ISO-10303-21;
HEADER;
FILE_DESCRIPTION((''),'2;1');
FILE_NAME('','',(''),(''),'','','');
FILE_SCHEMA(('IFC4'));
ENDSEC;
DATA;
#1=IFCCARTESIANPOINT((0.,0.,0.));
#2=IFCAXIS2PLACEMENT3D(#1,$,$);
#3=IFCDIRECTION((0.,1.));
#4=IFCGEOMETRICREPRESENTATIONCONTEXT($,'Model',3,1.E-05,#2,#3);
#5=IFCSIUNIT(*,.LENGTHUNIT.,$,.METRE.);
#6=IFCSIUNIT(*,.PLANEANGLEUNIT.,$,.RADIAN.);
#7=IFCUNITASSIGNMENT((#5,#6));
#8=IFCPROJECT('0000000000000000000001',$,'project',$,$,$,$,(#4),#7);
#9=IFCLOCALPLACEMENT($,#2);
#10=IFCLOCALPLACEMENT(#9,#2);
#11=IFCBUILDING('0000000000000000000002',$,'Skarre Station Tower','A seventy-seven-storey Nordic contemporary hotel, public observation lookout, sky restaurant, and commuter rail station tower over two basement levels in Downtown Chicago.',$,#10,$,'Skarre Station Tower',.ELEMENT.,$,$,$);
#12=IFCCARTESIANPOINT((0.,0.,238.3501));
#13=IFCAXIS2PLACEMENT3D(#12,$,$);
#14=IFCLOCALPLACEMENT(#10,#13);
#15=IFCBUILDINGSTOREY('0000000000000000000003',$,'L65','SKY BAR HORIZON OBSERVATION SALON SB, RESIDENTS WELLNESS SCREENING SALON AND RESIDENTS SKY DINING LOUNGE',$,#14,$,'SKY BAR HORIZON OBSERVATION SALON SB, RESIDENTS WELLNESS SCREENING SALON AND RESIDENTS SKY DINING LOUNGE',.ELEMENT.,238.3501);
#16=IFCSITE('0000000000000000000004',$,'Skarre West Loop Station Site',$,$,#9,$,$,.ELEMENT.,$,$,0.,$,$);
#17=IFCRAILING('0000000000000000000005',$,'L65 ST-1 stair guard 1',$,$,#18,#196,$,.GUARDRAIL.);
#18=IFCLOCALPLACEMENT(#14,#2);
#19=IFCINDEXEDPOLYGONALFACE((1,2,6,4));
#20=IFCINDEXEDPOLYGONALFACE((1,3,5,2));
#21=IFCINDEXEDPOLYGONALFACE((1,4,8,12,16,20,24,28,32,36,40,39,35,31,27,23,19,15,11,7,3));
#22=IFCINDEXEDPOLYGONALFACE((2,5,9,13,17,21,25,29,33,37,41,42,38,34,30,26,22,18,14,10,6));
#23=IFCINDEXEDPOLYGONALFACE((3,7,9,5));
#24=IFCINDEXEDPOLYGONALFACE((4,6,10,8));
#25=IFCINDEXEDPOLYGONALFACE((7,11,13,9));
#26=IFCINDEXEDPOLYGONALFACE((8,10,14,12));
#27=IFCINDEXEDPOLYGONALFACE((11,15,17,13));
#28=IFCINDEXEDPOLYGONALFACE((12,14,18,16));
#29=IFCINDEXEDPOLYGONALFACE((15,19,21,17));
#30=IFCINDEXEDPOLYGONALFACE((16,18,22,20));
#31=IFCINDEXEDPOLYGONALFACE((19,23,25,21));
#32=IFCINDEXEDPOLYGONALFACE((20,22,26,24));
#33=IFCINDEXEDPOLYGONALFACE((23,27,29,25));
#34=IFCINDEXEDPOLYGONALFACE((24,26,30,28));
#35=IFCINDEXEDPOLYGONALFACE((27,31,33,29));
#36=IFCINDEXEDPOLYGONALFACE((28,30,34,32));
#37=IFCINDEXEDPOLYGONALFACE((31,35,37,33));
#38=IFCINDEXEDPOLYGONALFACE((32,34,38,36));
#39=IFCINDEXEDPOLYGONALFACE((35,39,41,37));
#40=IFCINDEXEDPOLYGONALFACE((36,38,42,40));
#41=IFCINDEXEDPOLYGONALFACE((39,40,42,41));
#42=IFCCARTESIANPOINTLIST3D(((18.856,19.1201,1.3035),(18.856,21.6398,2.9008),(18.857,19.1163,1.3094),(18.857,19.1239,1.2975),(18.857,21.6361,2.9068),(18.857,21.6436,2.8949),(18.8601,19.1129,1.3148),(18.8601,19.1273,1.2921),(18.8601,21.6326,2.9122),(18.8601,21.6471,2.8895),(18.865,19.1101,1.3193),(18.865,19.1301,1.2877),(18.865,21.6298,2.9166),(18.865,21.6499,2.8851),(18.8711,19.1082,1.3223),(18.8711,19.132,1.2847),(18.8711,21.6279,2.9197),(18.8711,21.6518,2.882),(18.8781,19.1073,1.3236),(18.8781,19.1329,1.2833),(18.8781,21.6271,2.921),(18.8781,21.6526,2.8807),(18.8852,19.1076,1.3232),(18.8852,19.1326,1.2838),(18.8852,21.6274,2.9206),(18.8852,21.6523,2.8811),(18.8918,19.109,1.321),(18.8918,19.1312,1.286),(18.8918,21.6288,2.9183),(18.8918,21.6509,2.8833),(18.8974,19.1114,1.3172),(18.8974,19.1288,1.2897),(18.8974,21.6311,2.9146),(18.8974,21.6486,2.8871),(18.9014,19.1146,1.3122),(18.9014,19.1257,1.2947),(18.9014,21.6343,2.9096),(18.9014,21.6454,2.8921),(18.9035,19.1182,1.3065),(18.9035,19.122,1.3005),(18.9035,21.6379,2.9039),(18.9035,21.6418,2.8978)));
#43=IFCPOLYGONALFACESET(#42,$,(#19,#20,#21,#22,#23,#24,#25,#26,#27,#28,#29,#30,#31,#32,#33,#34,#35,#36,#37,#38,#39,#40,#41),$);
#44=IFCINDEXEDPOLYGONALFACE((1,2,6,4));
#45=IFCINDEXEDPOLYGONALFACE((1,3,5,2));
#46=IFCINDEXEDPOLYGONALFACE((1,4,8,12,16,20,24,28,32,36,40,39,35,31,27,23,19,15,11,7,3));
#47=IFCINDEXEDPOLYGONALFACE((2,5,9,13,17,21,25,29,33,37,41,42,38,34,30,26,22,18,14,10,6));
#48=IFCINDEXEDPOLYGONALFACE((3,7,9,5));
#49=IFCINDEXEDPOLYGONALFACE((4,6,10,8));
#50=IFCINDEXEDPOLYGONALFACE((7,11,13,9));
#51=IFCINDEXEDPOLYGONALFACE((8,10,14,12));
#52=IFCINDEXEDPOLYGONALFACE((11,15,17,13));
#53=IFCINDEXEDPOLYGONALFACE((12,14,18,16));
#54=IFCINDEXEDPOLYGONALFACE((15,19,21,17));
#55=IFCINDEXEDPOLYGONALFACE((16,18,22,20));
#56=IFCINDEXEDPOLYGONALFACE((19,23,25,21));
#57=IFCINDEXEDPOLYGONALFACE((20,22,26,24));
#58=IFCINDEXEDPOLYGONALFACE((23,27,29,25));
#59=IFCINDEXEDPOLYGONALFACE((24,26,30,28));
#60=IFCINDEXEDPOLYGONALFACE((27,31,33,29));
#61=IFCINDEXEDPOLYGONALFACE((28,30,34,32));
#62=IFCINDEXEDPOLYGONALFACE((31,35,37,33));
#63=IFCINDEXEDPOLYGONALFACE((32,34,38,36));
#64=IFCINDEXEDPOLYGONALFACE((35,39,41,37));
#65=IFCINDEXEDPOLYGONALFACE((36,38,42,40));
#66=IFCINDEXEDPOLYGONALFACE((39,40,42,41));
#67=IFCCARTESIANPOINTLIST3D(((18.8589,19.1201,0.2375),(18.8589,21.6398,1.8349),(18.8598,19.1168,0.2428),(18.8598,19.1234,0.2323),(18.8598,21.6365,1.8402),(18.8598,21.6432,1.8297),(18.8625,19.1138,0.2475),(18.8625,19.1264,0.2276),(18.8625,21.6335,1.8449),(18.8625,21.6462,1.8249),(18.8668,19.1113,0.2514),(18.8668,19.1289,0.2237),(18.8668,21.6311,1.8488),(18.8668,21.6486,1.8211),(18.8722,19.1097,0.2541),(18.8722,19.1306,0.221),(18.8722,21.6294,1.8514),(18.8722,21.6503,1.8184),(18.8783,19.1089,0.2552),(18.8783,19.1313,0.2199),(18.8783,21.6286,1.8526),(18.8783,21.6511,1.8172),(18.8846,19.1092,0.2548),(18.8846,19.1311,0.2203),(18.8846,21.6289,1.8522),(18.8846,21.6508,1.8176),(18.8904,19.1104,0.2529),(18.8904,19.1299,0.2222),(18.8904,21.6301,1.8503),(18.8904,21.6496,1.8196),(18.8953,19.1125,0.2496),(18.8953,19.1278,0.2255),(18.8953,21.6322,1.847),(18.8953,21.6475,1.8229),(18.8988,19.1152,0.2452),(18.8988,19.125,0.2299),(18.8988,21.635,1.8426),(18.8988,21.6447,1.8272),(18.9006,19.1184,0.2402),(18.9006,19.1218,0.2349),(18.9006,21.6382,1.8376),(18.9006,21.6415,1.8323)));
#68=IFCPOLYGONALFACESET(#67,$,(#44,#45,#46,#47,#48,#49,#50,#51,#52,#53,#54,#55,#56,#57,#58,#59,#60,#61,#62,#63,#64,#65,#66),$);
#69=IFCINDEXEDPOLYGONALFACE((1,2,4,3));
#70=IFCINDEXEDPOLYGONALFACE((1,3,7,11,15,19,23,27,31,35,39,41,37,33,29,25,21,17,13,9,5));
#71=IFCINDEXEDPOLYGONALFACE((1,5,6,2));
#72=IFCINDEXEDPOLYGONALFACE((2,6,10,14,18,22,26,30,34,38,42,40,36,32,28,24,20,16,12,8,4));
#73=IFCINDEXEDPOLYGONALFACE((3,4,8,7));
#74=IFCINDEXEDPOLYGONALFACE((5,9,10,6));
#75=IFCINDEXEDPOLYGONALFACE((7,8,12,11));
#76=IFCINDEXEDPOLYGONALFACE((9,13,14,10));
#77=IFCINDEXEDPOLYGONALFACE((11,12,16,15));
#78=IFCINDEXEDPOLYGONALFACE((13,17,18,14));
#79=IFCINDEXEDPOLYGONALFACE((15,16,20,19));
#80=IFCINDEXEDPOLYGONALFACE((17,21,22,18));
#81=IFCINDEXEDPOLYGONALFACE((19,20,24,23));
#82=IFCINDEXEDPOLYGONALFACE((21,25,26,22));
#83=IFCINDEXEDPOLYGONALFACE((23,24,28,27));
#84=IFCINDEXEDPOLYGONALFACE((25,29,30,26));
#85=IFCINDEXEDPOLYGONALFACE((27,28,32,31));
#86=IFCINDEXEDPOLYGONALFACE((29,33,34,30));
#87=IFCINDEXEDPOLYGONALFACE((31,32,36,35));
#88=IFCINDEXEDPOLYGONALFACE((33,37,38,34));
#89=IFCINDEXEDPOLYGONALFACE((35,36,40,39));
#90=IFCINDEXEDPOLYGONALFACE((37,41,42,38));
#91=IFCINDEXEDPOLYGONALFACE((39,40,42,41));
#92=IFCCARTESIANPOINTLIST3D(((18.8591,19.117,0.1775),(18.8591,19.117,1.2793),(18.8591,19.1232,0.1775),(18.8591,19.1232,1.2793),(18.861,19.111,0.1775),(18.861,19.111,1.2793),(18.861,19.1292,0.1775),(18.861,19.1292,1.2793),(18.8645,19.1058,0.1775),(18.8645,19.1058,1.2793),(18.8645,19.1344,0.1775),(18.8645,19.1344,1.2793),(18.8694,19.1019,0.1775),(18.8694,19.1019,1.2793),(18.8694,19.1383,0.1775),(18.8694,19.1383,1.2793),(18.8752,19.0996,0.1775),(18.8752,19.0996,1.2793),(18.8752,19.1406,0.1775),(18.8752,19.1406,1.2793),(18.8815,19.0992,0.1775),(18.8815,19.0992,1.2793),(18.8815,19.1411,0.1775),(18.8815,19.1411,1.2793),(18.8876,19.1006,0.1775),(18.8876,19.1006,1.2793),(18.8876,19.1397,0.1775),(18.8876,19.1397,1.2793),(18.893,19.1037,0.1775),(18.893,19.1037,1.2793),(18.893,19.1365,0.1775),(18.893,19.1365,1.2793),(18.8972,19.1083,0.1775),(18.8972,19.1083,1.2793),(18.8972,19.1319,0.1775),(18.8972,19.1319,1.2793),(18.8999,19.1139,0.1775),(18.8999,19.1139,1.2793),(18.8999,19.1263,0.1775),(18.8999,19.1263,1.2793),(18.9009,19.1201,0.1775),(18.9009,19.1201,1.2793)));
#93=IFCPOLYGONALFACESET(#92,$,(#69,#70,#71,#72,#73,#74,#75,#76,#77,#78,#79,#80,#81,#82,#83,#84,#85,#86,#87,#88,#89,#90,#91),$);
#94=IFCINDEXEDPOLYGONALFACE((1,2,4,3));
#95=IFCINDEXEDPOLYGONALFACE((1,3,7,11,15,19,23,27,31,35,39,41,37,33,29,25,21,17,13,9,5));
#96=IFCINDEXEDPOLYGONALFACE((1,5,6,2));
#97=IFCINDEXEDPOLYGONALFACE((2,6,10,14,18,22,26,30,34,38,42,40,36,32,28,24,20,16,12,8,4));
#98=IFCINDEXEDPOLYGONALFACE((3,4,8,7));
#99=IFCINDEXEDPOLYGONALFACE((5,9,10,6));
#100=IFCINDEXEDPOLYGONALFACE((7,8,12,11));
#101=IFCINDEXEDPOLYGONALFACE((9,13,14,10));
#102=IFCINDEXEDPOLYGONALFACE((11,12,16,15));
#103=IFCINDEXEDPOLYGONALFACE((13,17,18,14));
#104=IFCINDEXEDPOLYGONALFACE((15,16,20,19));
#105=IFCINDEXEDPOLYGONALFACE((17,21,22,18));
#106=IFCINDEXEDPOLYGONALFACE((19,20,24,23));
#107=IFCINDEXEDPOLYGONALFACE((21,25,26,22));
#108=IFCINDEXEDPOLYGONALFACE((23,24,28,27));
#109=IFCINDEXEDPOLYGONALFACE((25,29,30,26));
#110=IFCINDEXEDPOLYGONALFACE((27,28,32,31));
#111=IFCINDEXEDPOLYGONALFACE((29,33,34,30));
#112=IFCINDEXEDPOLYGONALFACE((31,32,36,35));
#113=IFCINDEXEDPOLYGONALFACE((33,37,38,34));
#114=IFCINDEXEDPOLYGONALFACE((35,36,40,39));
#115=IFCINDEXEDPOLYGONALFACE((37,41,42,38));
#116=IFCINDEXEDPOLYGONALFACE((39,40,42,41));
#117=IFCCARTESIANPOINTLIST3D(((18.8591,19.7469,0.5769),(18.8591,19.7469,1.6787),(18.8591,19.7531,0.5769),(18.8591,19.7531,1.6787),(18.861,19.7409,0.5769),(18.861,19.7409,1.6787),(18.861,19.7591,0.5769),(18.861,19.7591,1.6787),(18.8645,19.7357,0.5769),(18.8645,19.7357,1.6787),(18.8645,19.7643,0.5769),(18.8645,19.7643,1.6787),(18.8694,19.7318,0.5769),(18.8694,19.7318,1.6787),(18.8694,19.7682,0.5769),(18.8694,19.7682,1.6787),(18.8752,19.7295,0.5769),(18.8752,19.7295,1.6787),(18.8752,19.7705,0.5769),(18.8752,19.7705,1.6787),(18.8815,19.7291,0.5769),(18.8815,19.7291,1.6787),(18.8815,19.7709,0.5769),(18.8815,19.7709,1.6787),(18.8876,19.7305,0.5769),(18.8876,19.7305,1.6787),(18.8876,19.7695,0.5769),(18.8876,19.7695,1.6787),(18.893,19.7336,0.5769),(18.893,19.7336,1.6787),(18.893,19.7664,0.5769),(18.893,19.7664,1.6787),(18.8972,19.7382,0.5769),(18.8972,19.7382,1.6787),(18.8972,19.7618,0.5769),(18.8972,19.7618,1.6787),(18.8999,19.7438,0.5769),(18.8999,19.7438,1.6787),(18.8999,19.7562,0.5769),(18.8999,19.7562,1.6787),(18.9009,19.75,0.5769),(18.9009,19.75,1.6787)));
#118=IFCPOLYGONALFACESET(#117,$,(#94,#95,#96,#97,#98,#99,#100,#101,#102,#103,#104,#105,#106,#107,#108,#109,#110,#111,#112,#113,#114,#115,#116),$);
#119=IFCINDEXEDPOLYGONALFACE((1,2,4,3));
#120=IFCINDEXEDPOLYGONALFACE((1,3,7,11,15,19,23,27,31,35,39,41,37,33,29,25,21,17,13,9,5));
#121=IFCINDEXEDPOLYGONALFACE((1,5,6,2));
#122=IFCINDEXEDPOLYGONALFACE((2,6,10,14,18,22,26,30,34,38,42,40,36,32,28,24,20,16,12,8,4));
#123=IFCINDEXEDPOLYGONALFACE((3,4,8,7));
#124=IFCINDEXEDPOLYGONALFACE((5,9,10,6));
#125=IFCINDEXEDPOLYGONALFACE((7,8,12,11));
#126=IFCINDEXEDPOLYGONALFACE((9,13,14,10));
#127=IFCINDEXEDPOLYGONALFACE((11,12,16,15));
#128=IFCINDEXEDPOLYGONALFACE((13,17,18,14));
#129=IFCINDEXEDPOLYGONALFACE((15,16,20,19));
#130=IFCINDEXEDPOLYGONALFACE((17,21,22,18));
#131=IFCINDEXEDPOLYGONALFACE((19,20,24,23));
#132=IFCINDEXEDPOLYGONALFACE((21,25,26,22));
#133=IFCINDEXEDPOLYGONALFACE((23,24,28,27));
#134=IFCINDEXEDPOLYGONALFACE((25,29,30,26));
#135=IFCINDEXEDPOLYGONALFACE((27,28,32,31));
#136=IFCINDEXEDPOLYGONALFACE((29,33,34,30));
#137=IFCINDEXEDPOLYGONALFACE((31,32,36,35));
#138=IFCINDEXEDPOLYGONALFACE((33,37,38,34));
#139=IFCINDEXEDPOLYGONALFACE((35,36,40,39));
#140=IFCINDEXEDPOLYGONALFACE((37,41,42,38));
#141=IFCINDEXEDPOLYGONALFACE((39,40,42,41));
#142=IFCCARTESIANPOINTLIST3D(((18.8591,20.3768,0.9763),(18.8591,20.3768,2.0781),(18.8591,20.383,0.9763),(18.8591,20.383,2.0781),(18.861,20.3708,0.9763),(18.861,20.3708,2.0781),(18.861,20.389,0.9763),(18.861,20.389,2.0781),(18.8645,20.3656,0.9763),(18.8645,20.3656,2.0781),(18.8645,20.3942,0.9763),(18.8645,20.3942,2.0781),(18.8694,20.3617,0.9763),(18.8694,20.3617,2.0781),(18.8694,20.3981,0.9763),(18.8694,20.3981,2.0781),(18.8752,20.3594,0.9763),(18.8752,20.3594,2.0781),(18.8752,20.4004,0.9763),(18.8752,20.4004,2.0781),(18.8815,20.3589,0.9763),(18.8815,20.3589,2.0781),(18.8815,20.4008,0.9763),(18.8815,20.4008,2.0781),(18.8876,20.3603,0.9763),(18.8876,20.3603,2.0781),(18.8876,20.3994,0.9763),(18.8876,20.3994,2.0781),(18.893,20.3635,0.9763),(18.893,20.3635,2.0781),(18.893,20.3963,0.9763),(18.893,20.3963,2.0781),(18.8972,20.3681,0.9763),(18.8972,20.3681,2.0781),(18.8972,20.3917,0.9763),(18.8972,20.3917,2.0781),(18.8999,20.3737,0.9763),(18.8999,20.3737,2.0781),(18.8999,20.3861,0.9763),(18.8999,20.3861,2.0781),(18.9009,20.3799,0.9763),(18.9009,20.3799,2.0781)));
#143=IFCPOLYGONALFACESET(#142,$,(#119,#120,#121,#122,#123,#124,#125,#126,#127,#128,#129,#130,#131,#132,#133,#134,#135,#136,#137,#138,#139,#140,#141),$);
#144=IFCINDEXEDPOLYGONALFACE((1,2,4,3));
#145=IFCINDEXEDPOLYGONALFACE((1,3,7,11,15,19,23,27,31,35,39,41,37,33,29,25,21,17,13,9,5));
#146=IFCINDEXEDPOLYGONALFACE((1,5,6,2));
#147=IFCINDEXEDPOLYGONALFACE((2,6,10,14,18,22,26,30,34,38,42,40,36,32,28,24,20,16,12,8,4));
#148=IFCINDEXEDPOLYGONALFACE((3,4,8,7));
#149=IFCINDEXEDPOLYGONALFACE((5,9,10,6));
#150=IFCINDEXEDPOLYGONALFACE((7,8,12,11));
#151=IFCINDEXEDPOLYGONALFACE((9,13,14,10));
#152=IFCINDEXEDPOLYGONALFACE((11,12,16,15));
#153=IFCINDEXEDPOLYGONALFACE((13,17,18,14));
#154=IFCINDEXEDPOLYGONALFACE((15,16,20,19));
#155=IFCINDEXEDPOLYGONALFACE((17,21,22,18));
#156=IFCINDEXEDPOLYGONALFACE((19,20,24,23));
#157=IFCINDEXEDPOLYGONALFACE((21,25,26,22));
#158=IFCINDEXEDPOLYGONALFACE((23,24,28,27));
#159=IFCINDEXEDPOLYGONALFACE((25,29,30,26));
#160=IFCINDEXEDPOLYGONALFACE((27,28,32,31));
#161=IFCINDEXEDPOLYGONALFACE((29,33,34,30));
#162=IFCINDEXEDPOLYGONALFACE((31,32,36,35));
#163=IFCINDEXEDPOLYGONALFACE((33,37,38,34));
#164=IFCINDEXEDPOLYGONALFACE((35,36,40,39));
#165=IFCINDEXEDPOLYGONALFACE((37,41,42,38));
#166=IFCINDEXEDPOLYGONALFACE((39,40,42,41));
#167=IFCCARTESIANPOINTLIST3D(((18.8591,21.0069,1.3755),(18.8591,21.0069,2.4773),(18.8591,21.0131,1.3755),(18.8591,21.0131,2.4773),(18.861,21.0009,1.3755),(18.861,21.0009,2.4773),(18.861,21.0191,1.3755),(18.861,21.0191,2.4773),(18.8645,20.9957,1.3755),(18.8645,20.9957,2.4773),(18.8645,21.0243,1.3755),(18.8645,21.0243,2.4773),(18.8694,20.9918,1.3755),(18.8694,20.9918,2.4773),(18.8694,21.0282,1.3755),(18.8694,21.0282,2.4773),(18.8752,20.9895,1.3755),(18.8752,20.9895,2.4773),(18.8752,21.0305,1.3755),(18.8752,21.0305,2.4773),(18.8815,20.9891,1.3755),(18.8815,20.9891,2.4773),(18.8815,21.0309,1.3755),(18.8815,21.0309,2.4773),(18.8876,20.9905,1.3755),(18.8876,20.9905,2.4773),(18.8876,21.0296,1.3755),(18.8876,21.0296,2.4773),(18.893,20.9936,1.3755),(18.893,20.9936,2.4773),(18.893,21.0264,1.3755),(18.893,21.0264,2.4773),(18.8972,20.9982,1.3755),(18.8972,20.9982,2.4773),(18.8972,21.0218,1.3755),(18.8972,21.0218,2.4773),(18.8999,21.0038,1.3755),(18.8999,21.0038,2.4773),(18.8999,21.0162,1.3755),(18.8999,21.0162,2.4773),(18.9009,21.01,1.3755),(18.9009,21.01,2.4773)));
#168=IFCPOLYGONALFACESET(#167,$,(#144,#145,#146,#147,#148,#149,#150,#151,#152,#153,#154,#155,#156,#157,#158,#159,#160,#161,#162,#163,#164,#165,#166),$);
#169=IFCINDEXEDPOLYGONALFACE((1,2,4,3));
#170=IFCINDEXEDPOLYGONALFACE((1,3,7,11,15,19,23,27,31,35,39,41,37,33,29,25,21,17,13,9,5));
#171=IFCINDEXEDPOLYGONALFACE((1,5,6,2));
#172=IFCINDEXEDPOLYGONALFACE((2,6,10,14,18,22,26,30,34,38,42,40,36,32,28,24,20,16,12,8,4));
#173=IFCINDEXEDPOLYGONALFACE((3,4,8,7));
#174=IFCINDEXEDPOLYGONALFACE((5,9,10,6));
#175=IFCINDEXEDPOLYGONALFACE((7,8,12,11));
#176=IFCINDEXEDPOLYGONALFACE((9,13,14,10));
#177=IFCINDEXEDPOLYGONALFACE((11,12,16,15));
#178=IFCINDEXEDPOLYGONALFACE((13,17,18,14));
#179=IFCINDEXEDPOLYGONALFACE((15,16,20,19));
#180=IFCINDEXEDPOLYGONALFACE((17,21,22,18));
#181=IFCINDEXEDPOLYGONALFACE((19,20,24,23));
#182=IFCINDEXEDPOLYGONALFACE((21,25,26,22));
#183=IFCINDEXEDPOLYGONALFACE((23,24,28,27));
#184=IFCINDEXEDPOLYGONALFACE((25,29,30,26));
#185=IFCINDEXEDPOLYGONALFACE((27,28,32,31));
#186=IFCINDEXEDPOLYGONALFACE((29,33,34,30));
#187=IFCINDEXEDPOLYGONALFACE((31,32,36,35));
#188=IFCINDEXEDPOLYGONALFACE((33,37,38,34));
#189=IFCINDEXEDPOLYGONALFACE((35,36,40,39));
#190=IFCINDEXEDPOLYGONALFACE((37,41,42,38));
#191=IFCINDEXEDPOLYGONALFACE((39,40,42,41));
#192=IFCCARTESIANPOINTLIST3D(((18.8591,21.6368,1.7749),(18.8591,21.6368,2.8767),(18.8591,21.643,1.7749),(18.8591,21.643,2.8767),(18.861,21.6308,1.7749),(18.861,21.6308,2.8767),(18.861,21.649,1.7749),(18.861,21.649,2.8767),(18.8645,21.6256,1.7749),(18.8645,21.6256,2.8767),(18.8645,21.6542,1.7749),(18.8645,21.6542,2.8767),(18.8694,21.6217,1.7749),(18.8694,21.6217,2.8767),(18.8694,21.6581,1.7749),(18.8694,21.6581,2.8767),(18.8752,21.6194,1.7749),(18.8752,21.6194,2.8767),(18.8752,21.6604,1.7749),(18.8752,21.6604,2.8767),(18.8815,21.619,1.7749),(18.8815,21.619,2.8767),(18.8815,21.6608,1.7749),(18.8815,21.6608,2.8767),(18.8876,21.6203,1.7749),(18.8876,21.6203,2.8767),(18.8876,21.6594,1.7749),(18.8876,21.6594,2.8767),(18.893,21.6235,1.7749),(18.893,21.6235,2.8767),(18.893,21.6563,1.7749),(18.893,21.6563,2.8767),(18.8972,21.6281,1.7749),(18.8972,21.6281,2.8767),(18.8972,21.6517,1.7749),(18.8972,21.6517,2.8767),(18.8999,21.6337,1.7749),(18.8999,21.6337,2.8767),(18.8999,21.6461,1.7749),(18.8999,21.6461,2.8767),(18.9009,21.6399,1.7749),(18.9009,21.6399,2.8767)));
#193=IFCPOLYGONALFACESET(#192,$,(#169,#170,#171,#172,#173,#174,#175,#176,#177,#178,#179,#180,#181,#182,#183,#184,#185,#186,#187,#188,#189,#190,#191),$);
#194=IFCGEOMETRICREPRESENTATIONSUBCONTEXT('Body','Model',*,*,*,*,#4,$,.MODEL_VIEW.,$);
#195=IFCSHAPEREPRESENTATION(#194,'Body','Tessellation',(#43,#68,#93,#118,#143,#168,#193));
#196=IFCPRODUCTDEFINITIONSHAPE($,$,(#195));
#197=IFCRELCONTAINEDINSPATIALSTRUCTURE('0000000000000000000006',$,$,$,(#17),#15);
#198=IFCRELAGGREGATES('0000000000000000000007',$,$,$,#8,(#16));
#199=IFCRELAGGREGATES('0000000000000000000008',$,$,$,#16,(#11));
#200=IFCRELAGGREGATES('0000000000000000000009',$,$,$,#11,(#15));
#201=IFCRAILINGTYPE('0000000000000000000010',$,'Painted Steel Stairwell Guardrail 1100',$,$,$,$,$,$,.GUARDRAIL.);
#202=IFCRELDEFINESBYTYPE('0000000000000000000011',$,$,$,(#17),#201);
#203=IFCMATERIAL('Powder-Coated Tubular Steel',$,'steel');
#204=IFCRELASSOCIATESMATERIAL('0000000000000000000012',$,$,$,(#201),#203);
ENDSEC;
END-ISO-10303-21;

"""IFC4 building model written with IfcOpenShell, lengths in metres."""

from ifc_helpers import new_model, si_unit, direction, frame, origin, origin_2d, place, context, subcontext, project, spatial, circle, extrude, material, type_object, element, save


model = new_model("IFC4")

# Units and contexts
model_context = context("Model", 3, precision=1e-05, world=origin(), true_north=direction((0.0, 1.0)))
body_context = subcontext(model_context, "Body", "Model", "MODEL_VIEW")
ifc_project = project(units=[si_unit("LENGTHUNIT", "METRE"), si_unit("PLANEANGLEUNIT", "RADIAN")], contexts=[model_context])

# Site, building, storey
site_placement = place(None, origin())
site = spatial("IfcSite", under=ifc_project, at=site_placement, Name="Skarre West Loop Station Site", CompositionType="ELEMENT", RefElevation=0.0)
building_placement = place(site_placement, origin())
building = spatial("IfcBuilding", under=site, at=building_placement, Name="Skarre Station Tower", Description="A seventy-seven-storey Nordic contemporary hotel, public observation lookout, sky restaurant, and commuter rail station tower over two basement levels in Downtown Chicago.", LongName="Skarre Station Tower", CompositionType="ELEMENT")
storey_placement = place(building_placement, frame((0.0, 0.0, 238.3501)))
storey = spatial("IfcBuildingStorey", under=building, at=storey_placement, Name="L65", Description="SKY BAR HORIZON OBSERVATION SALON SB, RESIDENTS WELLNESS SCREENING SALON AND RESIDENTS SKY DINING LOUNGE", LongName="SKY BAR HORIZON OBSERVATION SALON SB, RESIDENTS WELLNESS SCREENING SALON AND RESIDENTS SKY DINING LOUNGE", CompositionType="ELEMENT", Elevation=238.3501)

# Railing
ifc_material_1 = material(Name="Powder-Coated Tubular Steel", Category="steel")
railing_type_1 = type_object("IfcRailingType", Name="Painted Steel Stairwell Guardrail 1100", PredefinedType="GUARDRAIL", material=ifc_material_1)
railing_1_placement = place(storey_placement, frame((18.8799, 19.1201, 0.1775)))
element("IfcRailing", 1, at=railing_1_placement, inside=storey, type_object=railing_type_1, Name="L65 ST-1 stair guard 1", PredefinedType="GUARDRAIL", context=body_context, shape_type="SweptSolid", body=[
    extrude(circle(Radius=0.0239, at=origin_2d()), frame((0.0, 0.0, 1.126), z_axis=(0.0, 0.844583, 0.535424), x_axis=(-1.0, 0.0, 0.0)), (0.0, 0.0, 1.0), 2.9834),
    extrude(circle(Radius=0.021, at=origin_2d()), frame((0.0, 0.0, 0.0601), z_axis=(0.0, 0.844583, 0.535424), x_axis=(-1.0, 0.0, 0.0)), (0.0, 0.0, 1.0), 2.9834),
    extrude(circle(Radius=0.021, at=origin_2d()), origin(), (0.0, 0.0, 1.0), 1.1018),
    extrude(circle(Radius=0.021, at=origin_2d()), frame((0.0, 0.6299, 0.3994)), (0.0, 0.0, 1.0), 1.1018),
    extrude(circle(Radius=0.021, at=origin_2d()), frame((0.0, 1.2598, 0.7988)), (0.0, 0.0, 1.0), 1.1018),
    extrude(circle(Radius=0.021, at=origin_2d()), frame((0.0, 1.8899, 1.198)), (0.0, 0.0, 1.0), 1.1018),
    extrude(circle(Radius=0.021, at=origin_2d()), frame((0.0, 2.5198, 1.5974)), (0.0, 0.0, 1.0), 1.1018),
])

save(model, "model.ifc")
